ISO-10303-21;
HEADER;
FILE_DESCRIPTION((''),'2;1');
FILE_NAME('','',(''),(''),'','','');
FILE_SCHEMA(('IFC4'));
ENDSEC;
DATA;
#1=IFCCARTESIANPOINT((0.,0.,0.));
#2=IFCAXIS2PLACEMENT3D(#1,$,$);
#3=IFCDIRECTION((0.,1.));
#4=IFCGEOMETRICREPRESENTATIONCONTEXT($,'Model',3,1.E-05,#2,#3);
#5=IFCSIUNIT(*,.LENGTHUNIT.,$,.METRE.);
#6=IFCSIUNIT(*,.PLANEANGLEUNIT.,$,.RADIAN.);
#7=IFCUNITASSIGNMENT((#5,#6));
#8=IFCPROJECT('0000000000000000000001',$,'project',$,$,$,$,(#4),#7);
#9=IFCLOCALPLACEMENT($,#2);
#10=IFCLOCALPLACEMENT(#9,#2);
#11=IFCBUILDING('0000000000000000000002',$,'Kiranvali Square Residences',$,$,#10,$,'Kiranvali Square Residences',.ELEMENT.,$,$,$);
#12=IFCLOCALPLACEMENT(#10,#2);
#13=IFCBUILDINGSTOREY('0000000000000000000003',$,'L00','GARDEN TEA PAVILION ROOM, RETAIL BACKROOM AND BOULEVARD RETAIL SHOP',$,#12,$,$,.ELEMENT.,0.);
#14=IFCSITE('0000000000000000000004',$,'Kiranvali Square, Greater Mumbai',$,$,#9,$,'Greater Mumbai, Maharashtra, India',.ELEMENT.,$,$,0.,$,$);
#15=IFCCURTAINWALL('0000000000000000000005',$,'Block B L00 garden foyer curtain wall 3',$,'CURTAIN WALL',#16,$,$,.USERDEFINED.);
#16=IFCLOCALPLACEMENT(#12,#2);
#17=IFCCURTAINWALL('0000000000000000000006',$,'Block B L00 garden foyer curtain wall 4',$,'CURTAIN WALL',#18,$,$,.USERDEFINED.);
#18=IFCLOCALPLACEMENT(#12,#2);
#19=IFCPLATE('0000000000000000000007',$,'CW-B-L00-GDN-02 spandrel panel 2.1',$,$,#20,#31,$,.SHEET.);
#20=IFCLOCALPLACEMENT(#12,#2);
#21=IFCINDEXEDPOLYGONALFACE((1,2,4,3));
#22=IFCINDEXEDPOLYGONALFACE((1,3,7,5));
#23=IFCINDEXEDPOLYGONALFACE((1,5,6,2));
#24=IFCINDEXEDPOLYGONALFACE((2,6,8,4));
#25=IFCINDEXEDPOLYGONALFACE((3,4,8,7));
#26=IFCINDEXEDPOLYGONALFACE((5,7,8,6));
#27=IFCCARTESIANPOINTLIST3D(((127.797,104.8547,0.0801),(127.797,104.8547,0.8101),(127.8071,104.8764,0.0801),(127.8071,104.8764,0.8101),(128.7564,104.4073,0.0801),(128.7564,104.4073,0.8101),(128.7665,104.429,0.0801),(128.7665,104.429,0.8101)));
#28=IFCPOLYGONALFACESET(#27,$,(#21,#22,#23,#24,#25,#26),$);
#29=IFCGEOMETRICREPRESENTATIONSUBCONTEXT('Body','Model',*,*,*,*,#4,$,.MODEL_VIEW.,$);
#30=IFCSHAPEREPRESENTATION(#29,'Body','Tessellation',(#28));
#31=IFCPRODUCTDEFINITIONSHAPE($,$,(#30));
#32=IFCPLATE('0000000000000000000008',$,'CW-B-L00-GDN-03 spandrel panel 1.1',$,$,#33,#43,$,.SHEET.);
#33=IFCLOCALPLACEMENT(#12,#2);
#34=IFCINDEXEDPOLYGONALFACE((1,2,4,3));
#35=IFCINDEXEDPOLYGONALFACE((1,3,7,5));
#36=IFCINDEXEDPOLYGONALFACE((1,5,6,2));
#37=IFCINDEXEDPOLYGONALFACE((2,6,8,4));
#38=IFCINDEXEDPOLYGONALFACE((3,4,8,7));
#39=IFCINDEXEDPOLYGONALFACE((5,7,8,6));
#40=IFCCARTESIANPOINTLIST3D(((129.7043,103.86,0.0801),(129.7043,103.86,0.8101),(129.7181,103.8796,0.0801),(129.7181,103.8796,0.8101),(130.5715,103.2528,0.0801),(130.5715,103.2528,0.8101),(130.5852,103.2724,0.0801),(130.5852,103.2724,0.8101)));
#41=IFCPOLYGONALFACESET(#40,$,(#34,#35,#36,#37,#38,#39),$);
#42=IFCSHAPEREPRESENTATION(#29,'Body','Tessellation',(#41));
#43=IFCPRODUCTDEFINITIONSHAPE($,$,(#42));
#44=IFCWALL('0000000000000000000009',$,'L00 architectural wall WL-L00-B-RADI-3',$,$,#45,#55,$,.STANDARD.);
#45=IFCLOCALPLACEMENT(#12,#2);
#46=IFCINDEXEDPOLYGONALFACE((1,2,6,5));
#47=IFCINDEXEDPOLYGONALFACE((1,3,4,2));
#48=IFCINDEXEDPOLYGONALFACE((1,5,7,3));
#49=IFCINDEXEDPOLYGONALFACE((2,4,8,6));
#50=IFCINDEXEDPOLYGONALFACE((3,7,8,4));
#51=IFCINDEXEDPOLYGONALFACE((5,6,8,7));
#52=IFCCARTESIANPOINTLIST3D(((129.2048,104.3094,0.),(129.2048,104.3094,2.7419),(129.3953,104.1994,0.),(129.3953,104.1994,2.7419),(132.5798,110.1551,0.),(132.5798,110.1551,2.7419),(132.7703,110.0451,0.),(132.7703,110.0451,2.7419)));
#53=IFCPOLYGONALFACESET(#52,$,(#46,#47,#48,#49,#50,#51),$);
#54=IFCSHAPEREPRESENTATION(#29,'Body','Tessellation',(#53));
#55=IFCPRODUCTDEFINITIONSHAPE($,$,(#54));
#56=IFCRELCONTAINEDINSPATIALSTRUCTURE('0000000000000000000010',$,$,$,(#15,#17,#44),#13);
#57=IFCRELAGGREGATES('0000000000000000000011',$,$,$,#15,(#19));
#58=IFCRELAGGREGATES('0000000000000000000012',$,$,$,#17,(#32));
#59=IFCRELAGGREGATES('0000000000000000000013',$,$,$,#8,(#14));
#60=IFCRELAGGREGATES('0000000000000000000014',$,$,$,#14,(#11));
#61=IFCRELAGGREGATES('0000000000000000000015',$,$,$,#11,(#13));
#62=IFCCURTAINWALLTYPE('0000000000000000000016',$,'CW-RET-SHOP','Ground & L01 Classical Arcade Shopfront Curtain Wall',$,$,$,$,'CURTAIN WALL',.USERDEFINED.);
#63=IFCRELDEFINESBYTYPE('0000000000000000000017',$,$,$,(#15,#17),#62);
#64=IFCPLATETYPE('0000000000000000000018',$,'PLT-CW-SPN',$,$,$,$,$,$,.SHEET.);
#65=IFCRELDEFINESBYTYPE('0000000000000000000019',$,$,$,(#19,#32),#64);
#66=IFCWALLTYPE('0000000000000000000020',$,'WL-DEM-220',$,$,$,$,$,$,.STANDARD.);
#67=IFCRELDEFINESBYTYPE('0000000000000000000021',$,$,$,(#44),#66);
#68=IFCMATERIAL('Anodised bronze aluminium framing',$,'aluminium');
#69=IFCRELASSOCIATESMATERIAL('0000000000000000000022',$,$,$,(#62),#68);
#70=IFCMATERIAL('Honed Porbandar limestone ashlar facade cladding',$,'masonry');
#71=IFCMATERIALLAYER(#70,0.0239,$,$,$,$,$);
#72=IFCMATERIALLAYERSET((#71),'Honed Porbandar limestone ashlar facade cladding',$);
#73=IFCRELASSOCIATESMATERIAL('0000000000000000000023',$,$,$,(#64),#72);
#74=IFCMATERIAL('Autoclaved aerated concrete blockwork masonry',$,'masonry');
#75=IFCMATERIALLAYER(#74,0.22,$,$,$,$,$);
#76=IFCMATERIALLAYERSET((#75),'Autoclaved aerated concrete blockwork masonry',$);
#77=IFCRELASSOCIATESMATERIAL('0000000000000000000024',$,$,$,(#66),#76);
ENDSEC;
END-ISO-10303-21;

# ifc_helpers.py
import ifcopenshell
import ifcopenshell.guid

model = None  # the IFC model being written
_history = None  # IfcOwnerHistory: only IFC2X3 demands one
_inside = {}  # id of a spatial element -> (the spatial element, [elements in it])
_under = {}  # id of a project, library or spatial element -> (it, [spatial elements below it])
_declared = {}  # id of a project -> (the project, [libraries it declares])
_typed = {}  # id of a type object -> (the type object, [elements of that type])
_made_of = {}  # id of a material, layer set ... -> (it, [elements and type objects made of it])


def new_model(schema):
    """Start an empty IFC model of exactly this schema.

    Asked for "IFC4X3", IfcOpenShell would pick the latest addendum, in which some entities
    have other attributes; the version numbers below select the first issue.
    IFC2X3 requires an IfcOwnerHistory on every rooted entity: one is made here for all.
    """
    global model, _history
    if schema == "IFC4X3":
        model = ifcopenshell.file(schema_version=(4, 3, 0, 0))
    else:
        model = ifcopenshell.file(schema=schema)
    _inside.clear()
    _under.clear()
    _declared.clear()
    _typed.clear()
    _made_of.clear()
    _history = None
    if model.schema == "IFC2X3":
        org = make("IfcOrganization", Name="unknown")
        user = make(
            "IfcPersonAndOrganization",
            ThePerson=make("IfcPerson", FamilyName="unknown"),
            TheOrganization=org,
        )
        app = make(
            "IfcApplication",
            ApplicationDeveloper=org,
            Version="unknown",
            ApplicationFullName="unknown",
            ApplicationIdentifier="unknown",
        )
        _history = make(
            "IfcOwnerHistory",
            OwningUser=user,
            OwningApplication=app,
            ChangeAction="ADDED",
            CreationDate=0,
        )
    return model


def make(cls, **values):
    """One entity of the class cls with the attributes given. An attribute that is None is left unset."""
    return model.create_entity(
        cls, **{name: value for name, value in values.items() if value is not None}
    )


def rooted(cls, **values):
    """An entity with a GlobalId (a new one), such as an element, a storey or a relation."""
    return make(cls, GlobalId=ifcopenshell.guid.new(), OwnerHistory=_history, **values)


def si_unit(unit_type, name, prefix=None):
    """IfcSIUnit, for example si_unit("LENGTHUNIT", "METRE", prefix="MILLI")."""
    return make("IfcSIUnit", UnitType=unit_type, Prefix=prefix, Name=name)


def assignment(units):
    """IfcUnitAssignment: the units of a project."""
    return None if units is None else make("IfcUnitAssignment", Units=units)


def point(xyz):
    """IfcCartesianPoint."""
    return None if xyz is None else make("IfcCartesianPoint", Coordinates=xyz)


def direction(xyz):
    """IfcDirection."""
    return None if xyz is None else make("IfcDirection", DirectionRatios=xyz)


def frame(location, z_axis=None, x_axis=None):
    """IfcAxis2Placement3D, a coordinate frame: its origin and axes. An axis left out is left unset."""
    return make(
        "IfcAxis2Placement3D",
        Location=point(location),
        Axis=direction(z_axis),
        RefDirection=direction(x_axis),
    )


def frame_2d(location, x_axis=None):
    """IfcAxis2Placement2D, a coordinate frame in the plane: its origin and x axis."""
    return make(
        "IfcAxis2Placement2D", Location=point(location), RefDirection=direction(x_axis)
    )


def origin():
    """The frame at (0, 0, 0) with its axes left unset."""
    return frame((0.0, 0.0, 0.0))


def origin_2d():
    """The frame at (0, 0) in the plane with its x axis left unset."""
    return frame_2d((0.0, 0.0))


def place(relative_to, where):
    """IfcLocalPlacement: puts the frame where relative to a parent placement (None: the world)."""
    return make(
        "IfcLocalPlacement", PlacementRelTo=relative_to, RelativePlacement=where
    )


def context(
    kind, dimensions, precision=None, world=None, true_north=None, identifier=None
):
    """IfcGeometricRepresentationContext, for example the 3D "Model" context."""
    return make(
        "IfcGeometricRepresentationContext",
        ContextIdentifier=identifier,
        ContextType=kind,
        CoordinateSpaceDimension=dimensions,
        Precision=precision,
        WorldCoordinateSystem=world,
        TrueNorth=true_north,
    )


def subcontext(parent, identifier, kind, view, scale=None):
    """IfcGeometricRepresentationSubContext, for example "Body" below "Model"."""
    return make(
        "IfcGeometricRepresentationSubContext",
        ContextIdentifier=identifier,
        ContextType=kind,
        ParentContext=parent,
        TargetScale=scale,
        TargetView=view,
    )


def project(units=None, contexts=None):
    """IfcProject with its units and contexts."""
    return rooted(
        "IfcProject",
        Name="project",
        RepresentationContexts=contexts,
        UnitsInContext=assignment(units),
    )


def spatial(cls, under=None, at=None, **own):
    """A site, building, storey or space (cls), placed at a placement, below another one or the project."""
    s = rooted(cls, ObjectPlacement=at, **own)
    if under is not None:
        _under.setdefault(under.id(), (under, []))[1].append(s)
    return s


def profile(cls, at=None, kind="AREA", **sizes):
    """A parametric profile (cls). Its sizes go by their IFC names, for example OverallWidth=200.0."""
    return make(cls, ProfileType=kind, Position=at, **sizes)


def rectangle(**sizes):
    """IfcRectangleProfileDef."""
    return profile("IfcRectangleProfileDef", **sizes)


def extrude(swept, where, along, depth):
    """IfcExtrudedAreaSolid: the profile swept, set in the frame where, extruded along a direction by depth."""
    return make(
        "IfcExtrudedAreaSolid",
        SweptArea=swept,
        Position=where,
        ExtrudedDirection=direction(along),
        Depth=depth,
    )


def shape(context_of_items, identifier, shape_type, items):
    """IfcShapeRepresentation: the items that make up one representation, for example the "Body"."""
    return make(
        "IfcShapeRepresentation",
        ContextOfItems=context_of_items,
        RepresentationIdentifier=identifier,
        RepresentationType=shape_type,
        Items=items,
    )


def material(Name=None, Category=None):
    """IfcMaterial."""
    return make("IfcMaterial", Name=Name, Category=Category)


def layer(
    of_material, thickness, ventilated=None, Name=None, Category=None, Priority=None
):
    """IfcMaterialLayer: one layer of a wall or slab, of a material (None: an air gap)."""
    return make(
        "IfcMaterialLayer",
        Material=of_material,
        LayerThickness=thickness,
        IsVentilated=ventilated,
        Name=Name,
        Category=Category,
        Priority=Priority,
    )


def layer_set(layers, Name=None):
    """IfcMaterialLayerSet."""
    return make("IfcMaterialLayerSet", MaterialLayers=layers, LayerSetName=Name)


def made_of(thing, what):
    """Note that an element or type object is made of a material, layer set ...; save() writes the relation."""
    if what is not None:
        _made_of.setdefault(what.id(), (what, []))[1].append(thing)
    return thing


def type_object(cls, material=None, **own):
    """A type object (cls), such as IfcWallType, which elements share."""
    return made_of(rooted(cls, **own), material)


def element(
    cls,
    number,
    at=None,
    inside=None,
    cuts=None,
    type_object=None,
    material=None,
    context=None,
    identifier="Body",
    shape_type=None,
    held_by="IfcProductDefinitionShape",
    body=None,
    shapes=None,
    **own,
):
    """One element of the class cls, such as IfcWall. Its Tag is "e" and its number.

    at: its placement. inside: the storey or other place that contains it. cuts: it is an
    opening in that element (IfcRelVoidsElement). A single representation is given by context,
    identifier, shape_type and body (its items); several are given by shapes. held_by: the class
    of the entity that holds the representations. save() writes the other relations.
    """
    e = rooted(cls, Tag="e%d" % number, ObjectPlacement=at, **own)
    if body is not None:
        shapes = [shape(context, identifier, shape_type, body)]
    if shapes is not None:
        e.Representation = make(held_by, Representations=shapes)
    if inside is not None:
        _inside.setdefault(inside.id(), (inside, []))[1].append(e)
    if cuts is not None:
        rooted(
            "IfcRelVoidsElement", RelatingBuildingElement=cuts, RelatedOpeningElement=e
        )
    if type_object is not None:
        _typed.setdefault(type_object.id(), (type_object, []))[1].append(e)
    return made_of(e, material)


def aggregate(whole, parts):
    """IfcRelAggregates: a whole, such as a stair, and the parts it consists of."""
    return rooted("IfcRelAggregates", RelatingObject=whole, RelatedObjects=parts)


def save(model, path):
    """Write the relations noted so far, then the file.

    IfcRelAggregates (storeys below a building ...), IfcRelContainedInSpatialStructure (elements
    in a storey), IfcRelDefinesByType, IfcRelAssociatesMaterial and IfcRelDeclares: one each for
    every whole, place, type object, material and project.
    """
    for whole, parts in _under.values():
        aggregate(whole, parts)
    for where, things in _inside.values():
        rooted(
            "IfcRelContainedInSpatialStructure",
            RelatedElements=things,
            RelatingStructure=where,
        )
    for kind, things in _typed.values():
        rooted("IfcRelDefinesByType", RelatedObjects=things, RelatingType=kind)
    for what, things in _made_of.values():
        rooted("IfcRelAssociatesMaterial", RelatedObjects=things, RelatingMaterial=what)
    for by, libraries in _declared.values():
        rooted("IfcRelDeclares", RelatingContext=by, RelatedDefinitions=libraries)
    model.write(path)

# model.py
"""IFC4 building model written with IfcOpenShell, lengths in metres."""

from ifc_helpers import new_model, si_unit, direction, frame, frame_2d, origin, origin_2d, place, context, subcontext, project, spatial, rectangle, extrude, material, layer, layer_set, type_object, element, aggregate, save


model = new_model("IFC4")

# Units and contexts
model_context = context("Model", 3, precision=1e-05, world=origin(), true_north=direction((0.0, 1.0)))
body_context = subcontext(model_context, "Body", "Model", "MODEL_VIEW")
ifc_project = project(units=[si_unit("LENGTHUNIT", "METRE"), si_unit("PLANEANGLEUNIT", "RADIAN")], contexts=[model_context])

# Site, building, storey
site_placement = place(None, origin())
site = spatial("IfcSite", under=ifc_project, at=site_placement, Name="Kiranvali Square, Greater Mumbai", LongName="Greater Mumbai, Maharashtra, India", CompositionType="ELEMENT", RefElevation=0.0)
building_placement = place(site_placement, origin())
building = spatial("IfcBuilding", under=site, at=building_placement, Name="Kiranvali Square Residences", LongName="Kiranvali Square Residences", CompositionType="ELEMENT")
storey_placement = place(building_placement, origin())
storey = spatial("IfcBuildingStorey", under=building, at=storey_placement, Name="L00", Description="GARDEN TEA PAVILION ROOM, RETAIL BACKROOM AND BOULEVARD RETAIL SHOP", CompositionType="ELEMENT", Elevation=0.0)

# Curtain walls
ifc_material_1 = material(Name="Anodised bronze aluminium framing", Category="aluminium")
curtain_wall_type = type_object("IfcCurtainWallType", Name="CW-RET-SHOP", Description="Ground & L01 Classical Arcade Shopfront Curtain Wall", ElementType="CURTAIN WALL", PredefinedType="USERDEFINED", material=ifc_material_1)
curtain_wall_1_placement = place(storey_placement, origin())
curtain_wall_1 = element("IfcCurtainWall", 1, at=curtain_wall_1_placement, inside=storey, type_object=curtain_wall_type, Name="Block B L00 garden foyer curtain wall 3", ObjectType="CURTAIN WALL", PredefinedType="USERDEFINED")
curtain_wall_2_placement = place(storey_placement, origin())
curtain_wall_2 = element("IfcCurtainWall", 2, at=curtain_wall_2_placement, inside=storey, type_object=curtain_wall_type, Name="Block B L00 garden foyer curtain wall 4", ObjectType="CURTAIN WALL", PredefinedType="USERDEFINED")

# Plates
ifc_material_2 = material(Name="Honed Porbandar limestone ashlar facade cladding", Category="masonry")
ifc_layer_1 = layer(ifc_material_2, 0.0239)
ifc_layer_set_1 = layer_set([ifc_layer_1], Name="Honed Porbandar limestone ashlar facade cladding")
plate_type_1 = type_object("IfcPlateType", Name="PLT-CW-SPN", PredefinedType="SHEET", material=ifc_layer_set_1)
plate_1_placement = place(storey_placement, frame((128.2817, 104.6418, 0.0801), z_axis=(0.0, 0.0, 1.0), x_axis=(0.906308, -0.422618, 0.0)))
plate_1 = element("IfcPlate", 3, at=plate_1_placement, type_object=plate_type_1, Name="CW-B-L00-GDN-02 spandrel panel 2.1", PredefinedType="SHEET", context=body_context, shape_type="SweptSolid", body=[
    extrude(rectangle(XDim=1.0586, YDim=0.0239, at=origin_2d()), origin(), (0.0, 0.0, 1.0), 0.73),
])
aggregate(curtain_wall_1, [plate_1])
plate_2_placement = place(storey_placement, frame((130.1448, 103.5662, 0.0801), z_axis=(0.0, 0.0, 1.0), x_axis=(0.819152, -0.573576, 0.0)))
plate_2 = element("IfcPlate", 4, at=plate_2_placement, type_object=plate_type_1, Name="CW-B-L00-GDN-03 spandrel panel 1.1", PredefinedType="SHEET", context=body_context, shape_type="SweptSolid", body=[
    extrude(rectangle(XDim=1.0586, YDim=0.0239, at=origin_2d()), origin(), (0.0, 0.0, 1.0), 0.73),
])
aggregate(curtain_wall_2, [plate_2])

# Wall
ifc_material_3 = material(Name="Autoclaved aerated concrete blockwork masonry", Category="masonry")
ifc_layer_2 = layer(ifc_material_3, 0.22)
ifc_layer_set_2 = layer_set([ifc_layer_2], Name="Autoclaved aerated concrete blockwork masonry")
wall_type = type_object("IfcWallType", Name="WL-DEM-220", PredefinedType="STANDARD", material=ifc_layer_set_2)
wall_placement = place(storey_placement, frame((129.3, 104.2544, 0.0), z_axis=(0.0, 0.0, 1.0), x_axis=(0.499998, 0.866027, 0.0)))
element("IfcWall", 5, at=wall_placement, inside=storey, type_object=wall_type, Name="L00 architectural wall WL-L00-B-RADI-3", PredefinedType="STANDARD", context=body_context, shape_type="SweptSolid", body=[
    extrude(rectangle(XDim=6.75, YDim=0.22, at=frame_2d((3.375, 0.0))), origin(), (0.0, 0.0, 1.0), 2.7419),
])

save(model, "model.ifc")
